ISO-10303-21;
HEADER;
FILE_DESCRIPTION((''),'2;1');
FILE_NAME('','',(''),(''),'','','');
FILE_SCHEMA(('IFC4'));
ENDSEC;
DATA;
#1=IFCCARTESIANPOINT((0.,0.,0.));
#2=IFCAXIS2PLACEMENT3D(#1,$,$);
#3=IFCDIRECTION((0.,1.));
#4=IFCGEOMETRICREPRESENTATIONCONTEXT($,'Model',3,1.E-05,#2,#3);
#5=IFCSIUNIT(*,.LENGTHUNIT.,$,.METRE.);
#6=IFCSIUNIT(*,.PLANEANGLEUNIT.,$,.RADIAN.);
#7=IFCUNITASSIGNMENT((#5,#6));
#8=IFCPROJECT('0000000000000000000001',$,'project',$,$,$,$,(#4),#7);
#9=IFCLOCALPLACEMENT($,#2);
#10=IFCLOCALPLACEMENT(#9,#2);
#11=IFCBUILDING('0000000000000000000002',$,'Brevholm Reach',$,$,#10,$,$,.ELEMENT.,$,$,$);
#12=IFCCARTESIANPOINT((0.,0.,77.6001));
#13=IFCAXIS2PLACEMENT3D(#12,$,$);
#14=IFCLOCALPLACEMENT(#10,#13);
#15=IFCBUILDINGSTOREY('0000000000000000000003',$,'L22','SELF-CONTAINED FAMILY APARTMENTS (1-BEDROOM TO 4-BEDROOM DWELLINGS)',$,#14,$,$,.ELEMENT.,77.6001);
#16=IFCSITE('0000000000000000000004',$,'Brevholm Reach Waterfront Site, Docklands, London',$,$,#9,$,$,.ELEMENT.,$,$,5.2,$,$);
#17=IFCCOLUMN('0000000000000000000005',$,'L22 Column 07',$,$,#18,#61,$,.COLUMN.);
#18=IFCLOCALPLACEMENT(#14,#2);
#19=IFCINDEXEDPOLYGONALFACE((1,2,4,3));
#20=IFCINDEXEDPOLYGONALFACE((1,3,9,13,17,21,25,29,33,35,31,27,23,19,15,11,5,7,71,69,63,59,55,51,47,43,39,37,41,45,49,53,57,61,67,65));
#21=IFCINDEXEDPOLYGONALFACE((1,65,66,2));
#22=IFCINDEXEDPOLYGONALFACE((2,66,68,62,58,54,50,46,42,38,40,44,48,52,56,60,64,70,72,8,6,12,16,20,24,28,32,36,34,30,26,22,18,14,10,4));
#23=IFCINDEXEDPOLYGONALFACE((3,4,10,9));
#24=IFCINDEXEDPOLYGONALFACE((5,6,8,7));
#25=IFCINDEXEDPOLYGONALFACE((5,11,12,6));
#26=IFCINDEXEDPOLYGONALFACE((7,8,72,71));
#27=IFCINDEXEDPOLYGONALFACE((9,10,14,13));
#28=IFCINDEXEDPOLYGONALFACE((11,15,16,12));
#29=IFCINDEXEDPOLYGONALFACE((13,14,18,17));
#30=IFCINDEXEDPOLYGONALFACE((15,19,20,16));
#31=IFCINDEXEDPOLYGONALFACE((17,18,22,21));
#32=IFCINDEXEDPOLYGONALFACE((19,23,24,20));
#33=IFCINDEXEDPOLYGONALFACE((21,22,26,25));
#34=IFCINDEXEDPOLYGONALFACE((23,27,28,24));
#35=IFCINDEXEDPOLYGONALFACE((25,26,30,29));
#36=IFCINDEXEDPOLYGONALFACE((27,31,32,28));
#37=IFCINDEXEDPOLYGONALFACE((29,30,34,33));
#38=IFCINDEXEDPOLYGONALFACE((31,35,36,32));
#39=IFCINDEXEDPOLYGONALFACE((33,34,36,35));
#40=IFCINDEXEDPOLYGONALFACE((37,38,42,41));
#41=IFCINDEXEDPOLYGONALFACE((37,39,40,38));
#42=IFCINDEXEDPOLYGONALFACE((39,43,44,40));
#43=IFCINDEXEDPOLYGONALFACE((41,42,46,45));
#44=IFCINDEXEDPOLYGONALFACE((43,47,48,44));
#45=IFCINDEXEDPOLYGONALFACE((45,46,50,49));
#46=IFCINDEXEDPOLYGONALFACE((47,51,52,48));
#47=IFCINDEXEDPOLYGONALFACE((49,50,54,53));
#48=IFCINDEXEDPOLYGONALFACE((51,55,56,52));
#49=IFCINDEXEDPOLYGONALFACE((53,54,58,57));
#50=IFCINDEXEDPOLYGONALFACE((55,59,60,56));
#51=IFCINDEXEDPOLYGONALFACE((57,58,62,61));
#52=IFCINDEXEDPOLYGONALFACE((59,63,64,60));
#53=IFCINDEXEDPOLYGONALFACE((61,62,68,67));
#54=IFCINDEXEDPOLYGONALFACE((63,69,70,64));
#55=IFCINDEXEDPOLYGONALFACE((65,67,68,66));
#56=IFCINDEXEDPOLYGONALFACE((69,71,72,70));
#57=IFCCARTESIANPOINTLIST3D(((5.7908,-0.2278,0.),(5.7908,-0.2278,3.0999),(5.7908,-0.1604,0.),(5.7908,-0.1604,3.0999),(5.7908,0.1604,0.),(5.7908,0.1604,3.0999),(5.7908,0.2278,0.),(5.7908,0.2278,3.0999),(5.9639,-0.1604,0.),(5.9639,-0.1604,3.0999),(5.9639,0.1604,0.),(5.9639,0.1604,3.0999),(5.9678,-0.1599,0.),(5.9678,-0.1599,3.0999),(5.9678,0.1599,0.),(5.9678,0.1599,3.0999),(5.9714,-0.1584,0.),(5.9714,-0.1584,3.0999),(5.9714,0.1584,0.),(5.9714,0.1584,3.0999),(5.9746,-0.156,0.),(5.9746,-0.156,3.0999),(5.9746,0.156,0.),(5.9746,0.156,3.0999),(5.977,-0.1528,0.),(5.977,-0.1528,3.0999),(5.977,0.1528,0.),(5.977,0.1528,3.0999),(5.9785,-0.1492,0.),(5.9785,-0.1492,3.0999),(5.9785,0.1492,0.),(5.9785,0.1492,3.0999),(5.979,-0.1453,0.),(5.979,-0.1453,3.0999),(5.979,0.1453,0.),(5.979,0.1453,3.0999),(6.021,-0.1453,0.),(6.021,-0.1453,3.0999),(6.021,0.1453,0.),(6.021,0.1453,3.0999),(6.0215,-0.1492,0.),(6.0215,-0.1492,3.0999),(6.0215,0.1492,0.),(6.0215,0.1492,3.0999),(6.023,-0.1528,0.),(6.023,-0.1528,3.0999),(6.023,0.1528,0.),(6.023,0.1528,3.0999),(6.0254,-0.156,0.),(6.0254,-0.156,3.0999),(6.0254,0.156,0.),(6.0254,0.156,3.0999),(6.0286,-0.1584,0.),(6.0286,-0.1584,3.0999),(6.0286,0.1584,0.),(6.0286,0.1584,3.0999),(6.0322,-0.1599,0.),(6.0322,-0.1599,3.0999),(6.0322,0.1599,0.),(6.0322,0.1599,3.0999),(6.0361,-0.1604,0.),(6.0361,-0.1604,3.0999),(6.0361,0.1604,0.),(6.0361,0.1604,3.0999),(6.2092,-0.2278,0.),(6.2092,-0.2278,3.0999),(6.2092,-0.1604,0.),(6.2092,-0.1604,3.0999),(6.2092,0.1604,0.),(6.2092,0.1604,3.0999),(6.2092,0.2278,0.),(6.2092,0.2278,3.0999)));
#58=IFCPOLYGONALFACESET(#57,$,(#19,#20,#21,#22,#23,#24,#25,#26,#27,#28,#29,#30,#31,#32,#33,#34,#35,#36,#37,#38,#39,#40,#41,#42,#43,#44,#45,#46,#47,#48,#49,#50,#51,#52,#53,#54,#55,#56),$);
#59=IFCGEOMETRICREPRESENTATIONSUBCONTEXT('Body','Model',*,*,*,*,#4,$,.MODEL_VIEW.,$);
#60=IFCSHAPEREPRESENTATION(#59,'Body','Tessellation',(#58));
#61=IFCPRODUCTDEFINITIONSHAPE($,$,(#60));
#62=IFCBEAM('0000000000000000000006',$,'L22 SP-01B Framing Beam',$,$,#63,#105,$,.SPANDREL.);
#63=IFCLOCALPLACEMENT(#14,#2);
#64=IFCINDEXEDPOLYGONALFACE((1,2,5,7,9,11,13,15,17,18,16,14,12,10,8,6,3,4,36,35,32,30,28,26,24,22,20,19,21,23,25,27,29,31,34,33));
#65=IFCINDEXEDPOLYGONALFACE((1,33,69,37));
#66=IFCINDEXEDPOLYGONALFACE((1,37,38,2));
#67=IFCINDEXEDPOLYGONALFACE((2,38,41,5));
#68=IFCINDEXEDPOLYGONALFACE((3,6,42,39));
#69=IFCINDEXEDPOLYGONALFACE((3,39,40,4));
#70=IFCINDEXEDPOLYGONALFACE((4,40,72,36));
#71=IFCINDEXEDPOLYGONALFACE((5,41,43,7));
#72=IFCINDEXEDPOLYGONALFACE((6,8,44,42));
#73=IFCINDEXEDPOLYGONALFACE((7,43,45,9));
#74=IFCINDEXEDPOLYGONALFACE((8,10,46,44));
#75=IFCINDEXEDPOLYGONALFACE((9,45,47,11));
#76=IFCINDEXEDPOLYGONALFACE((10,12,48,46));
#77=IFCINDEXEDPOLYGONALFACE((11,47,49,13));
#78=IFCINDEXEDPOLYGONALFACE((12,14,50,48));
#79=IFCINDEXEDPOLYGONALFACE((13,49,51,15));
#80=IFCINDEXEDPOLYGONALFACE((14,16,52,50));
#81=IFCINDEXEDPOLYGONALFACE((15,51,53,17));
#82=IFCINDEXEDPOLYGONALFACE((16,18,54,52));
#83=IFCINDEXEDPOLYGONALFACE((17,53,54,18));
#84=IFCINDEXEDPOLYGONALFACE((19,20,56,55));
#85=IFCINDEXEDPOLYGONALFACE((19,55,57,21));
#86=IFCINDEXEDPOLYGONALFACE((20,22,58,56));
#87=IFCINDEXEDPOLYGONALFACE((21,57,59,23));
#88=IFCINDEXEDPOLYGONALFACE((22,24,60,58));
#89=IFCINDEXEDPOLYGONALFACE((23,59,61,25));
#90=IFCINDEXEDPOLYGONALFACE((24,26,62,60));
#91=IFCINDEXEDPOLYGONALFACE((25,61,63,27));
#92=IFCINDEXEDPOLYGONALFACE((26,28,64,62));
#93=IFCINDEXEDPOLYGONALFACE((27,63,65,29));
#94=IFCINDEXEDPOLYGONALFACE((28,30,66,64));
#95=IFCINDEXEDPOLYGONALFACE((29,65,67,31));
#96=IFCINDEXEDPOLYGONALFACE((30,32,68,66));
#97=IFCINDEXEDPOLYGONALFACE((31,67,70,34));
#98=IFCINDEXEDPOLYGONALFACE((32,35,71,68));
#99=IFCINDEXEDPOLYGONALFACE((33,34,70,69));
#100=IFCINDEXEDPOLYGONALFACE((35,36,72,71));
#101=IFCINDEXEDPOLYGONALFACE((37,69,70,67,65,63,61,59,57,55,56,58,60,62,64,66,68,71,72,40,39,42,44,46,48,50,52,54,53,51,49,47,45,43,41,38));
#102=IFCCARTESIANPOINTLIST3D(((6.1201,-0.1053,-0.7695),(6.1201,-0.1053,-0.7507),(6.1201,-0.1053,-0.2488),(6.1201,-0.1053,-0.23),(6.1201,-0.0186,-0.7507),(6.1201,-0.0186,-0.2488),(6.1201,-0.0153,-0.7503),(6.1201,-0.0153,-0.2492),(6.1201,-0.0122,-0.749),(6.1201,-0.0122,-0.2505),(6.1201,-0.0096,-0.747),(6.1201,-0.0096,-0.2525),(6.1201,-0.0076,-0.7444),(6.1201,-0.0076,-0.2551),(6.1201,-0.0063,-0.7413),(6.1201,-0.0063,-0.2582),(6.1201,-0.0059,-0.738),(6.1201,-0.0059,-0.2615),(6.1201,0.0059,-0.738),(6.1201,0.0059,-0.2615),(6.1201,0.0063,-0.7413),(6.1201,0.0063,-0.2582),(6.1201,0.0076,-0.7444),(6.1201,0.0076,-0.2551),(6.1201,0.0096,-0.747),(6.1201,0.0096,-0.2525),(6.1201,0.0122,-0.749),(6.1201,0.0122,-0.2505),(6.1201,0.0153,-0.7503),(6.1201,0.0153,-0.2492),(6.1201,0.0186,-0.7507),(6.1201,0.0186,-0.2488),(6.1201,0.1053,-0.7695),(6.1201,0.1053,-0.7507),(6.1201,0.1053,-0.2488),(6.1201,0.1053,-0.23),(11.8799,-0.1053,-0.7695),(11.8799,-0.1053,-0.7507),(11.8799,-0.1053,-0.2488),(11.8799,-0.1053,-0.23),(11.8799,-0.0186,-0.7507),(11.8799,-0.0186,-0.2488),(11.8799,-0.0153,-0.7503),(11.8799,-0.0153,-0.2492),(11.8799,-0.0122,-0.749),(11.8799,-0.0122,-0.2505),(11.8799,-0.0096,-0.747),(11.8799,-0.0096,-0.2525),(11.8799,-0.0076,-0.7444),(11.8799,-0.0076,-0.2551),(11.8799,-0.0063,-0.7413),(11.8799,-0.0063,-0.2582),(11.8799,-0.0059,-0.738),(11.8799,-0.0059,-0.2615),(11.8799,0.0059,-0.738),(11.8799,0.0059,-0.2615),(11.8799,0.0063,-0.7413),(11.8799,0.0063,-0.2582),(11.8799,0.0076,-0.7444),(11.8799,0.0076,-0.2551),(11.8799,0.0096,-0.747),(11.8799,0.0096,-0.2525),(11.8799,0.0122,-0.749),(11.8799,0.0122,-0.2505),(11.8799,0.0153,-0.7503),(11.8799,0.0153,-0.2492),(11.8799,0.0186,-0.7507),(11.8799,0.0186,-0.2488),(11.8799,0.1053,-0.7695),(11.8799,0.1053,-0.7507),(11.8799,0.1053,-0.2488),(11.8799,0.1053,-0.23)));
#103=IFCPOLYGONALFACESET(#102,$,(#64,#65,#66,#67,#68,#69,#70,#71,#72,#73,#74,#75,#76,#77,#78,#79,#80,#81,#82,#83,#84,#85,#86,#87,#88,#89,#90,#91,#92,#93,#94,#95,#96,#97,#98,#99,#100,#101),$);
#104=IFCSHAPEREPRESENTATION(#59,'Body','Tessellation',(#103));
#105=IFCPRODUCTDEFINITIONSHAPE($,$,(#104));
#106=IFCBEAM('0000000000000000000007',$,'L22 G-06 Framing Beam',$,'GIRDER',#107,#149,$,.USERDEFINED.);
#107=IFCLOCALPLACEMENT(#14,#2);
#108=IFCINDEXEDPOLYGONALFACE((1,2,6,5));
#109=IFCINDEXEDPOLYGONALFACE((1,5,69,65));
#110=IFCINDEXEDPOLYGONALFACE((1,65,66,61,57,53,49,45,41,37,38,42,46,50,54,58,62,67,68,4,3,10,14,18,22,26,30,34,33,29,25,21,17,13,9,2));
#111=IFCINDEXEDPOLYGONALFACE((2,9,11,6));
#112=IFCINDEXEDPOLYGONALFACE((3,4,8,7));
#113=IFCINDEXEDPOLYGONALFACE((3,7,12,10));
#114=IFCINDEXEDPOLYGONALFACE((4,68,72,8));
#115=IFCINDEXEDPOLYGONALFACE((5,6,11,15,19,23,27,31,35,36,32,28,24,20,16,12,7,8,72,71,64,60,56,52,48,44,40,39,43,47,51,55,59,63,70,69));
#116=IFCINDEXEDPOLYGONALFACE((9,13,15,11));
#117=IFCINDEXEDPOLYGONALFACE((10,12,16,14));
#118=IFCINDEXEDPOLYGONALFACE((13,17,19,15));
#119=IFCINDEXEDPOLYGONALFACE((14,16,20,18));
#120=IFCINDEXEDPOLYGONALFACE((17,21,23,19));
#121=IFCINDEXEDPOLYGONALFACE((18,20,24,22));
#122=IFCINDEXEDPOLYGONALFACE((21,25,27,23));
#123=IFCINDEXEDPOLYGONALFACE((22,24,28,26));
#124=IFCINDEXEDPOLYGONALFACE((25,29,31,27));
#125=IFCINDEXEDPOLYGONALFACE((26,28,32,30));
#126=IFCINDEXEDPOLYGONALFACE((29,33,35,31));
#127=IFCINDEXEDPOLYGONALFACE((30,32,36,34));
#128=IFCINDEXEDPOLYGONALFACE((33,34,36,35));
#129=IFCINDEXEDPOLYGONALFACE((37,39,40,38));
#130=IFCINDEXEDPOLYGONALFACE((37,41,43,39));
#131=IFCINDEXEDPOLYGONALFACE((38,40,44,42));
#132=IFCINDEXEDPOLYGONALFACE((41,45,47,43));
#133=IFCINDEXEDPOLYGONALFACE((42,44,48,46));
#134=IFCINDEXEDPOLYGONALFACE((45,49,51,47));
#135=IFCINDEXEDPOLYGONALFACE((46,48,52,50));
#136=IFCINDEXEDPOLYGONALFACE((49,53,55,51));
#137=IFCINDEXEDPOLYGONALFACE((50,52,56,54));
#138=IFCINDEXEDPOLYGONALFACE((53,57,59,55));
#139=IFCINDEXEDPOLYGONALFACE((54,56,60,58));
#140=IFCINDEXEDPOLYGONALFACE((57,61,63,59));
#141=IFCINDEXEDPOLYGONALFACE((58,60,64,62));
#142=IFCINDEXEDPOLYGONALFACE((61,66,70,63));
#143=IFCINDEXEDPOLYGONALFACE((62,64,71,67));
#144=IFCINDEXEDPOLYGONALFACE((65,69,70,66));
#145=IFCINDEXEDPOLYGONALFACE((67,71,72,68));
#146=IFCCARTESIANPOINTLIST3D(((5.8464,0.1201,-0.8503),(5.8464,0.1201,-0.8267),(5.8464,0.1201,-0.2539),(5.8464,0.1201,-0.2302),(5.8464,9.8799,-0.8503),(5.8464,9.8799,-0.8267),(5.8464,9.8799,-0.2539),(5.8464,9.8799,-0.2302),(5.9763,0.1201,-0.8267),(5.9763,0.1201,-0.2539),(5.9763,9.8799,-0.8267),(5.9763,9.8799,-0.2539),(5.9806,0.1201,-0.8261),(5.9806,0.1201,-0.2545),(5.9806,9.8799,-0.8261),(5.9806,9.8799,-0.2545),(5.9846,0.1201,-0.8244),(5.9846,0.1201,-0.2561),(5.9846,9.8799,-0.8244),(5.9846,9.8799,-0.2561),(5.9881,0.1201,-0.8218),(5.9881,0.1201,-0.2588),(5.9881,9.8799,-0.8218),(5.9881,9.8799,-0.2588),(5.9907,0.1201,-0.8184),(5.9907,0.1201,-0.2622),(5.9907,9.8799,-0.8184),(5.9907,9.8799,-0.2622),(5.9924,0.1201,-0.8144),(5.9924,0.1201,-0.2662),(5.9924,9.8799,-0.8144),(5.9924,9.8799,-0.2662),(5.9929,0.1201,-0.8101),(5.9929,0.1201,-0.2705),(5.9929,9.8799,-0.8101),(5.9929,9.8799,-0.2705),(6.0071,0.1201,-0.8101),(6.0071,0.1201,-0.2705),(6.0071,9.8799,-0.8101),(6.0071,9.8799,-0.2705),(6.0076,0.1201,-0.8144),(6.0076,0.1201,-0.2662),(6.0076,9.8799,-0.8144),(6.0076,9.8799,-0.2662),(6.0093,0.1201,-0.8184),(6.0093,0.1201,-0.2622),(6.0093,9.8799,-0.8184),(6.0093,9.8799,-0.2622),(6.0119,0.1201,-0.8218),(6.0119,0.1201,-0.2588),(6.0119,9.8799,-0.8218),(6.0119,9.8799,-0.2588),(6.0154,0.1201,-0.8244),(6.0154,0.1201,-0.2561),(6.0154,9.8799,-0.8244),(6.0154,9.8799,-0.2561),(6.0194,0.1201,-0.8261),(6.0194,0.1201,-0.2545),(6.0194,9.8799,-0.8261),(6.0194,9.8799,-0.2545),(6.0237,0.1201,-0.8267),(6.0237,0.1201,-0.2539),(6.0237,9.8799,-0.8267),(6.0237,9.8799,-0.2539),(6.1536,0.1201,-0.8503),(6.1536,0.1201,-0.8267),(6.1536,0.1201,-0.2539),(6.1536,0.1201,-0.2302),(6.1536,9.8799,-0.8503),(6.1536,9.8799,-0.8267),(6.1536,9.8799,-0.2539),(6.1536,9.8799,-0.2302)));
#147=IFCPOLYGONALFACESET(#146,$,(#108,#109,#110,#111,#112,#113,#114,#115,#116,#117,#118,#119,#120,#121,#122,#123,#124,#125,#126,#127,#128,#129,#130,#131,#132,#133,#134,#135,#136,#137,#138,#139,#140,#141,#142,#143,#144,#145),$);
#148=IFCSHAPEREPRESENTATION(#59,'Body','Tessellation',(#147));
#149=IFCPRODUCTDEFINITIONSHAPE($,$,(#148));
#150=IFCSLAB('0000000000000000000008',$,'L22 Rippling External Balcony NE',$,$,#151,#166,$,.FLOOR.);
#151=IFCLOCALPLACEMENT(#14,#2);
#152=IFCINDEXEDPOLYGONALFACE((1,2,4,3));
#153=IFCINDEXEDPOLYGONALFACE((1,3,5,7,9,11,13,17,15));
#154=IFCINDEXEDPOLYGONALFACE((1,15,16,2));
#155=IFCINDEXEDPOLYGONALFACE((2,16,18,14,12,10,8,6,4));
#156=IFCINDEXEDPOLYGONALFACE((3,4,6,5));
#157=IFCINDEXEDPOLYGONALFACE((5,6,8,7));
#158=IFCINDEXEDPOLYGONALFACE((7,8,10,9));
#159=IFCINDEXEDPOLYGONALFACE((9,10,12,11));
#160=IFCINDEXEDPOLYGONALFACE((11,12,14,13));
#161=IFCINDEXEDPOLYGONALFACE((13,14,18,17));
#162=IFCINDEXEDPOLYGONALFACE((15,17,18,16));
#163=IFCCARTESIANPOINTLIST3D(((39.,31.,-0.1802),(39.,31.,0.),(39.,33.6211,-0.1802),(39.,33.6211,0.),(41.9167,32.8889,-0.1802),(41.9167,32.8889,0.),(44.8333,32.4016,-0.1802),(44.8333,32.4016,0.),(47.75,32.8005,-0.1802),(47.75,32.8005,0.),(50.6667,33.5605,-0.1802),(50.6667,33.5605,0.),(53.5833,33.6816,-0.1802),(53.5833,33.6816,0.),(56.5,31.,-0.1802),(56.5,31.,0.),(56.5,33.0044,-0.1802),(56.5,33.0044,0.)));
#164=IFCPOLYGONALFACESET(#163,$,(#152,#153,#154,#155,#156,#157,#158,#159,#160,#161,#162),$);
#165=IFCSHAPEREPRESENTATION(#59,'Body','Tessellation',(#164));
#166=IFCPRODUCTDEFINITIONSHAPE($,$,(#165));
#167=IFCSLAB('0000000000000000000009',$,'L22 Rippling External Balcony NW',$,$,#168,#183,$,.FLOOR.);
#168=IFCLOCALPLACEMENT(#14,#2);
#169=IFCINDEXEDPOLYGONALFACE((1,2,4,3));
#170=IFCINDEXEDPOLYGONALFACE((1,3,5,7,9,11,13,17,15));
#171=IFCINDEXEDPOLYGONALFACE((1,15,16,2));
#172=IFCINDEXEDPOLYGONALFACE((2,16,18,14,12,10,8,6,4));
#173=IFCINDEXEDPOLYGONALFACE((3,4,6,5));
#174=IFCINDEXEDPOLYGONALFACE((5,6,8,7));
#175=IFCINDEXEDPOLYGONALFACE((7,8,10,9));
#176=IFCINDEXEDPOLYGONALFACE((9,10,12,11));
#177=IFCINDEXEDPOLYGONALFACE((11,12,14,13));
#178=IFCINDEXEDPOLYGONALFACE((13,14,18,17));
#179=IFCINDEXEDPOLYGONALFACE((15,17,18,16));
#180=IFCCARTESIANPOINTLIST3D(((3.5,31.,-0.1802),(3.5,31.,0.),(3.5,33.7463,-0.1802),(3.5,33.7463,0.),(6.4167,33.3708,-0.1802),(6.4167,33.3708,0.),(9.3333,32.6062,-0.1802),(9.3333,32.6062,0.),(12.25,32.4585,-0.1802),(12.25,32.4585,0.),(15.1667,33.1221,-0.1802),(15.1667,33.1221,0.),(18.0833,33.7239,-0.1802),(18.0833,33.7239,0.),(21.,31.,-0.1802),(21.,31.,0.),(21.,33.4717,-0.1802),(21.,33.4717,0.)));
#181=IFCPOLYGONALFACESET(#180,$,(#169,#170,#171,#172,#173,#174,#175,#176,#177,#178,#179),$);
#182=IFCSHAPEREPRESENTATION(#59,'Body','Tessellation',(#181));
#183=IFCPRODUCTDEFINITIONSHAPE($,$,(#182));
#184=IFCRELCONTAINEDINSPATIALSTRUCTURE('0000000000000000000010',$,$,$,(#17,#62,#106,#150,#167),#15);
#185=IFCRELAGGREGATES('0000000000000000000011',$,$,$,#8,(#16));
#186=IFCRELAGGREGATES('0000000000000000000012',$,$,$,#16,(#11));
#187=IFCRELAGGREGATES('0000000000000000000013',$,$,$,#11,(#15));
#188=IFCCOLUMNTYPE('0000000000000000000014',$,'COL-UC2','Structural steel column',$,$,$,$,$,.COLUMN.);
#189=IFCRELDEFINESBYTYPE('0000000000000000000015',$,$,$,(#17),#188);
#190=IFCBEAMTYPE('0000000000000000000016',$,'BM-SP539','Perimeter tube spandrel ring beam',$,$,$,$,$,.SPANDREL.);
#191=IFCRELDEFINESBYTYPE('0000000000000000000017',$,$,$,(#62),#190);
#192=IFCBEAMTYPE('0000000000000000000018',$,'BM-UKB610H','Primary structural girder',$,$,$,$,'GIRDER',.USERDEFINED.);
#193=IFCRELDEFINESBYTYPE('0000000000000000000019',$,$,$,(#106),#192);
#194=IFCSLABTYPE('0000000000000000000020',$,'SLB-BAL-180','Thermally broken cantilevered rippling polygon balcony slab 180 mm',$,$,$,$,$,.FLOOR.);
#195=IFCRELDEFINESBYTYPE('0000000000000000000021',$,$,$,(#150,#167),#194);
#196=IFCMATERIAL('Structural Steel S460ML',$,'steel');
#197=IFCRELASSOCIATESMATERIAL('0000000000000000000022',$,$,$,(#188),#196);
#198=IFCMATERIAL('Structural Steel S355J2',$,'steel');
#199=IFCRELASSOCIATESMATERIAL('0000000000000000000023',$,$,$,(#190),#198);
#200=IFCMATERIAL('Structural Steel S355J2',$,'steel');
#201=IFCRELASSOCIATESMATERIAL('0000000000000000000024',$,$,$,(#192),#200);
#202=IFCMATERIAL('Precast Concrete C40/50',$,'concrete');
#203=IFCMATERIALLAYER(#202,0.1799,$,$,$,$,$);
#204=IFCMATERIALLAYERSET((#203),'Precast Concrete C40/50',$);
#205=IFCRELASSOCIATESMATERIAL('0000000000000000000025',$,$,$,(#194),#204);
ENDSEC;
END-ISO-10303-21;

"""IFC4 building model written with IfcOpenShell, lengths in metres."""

from ifc_helpers import new_model, si_unit, direction, frame, origin, origin_2d, place, context, subcontext, project, spatial, polyline, i_section, outline, extrude, material, layer, layer_set, material_profile, profile_set, type_object, element, save


model = new_model("IFC4")

# Units and contexts
model_context = context("Model", 3, precision=1e-05, world=origin(), true_north=direction((0.0, 1.0)))
body_context = subcontext(model_context, "Body", "Model", "MODEL_VIEW")
ifc_project = project(units=[si_unit("LENGTHUNIT", "METRE"), si_unit("PLANEANGLEUNIT", "RADIAN")], contexts=[model_context])

# Site, building, storey
site_placement = place(None, origin())
site = spatial("IfcSite", under=ifc_project, at=site_placement, Name="Brevholm Reach Waterfront Site, Docklands, London", CompositionType="ELEMENT", RefElevation=5.2)
building_placement = place(site_placement, origin())
building = spatial("IfcBuilding", under=site, at=building_placement, Name="Brevholm Reach", CompositionType="ELEMENT")
storey_placement = place(building_placement, frame((0.0, 0.0, 77.6001)))
storey = spatial("IfcBuildingStorey", under=building, at=storey_placement, Name="L22", Description="SELF-CONTAINED FAMILY APARTMENTS (1-BEDROOM TO 4-BEDROOM DWELLINGS)", CompositionType="ELEMENT", Elevation=77.6001)

# Column
ifc_material_1 = material(Name="Structural Steel S460ML", Category="steel")
ifc_material_profile_1 = material_profile(ifc_material_1, i_section(OverallWidth=0.4185, OverallDepth=0.4556, WebThickness=0.042, FlangeThickness=0.0674, FilletRadius=0.0151, at=origin_2d()), Name="UKC 356x406x551")
ifc_profile_set_1 = profile_set([ifc_material_profile_1], Name="Structural Steel S460ML")
column_type = type_object("IfcColumnType", Name="COL-UC2", Description="Structural steel column", PredefinedType="COLUMN", material=ifc_profile_set_1)
column_placement = place(storey_placement, frame((6.0, 0.0, 0.0), z_axis=(0.0, 0.0, 1.0), x_axis=(1.0, 0.0, 0.0)))
element("IfcColumn", 1, at=column_placement, inside=storey, type_object=column_type, Name="L22 Column 07", PredefinedType="COLUMN", context=body_context, shape_type="SweptSolid", body=[
    extrude(i_section(OverallWidth=0.4185, OverallDepth=0.4556, WebThickness=0.042, FlangeThickness=0.0674, FilletRadius=0.0151, at=origin_2d()), origin(), (0.0, 0.0, 1.0), 3.0999),
])

# Beams
ifc_material_2 = material(Name="Structural Steel S355J2", Category="steel")
ifc_material_profile_2 = material_profile(ifc_material_2, i_section(OverallWidth=0.2107, OverallDepth=0.5396, WebThickness=0.0117, FlangeThickness=0.0188, FilletRadius=0.0127, at=origin_2d()), Name="UKB 533x210x109")
ifc_profile_set_2 = profile_set([ifc_material_profile_2], Name="Structural Steel S355J2")
beam_type_1 = type_object("IfcBeamType", Name="BM-SP539", Description="Perimeter tube spandrel ring beam", PredefinedType="SPANDREL", material=ifc_profile_set_2)
beam_1_placement = place(storey_placement, frame((6.1201, 0.0, -0.4998), z_axis=(1.0, 0.0, 0.0), x_axis=(0.0, 1.0, 0.0)))
element("IfcBeam", 2, at=beam_1_placement, inside=storey, type_object=beam_type_1, Name="L22 SP-01B Framing Beam", PredefinedType="SPANDREL", context=body_context, shape_type="SweptSolid", body=[
    extrude(i_section(OverallWidth=0.2107, OverallDepth=0.5396, WebThickness=0.0117, FlangeThickness=0.0188, FilletRadius=0.0127, at=origin_2d()), origin(), (0.0, 0.0, 1.0), 5.7598),
])
ifc_material_3 = material(Name="Structural Steel S355J2", Category="steel")
ifc_material_profile_3 = material_profile(ifc_material_3, i_section(OverallWidth=0.3071, OverallDepth=0.6201, WebThickness=0.0142, FlangeThickness=0.0237, FilletRadius=0.0166, at=origin_2d()), Name="UKB 610x305x179")
ifc_profile_set_3 = profile_set([ifc_material_profile_3], Name="Structural Steel S355J2")
beam_type_2 = type_object("IfcBeamType", Name="BM-UKB610H", Description="Primary structural girder", ElementType="GIRDER", PredefinedType="USERDEFINED", material=ifc_profile_set_3)
beam_2_placement = place(storey_placement, frame((6.0, 0.1201, -0.5403), z_axis=(0.0, 1.0, 0.0), x_axis=(-1.0, 0.0, 0.0)))
element("IfcBeam", 3, at=beam_2_placement, inside=storey, type_object=beam_type_2, Name="L22 G-06 Framing Beam", ObjectType="GIRDER", PredefinedType="USERDEFINED", context=body_context, shape_type="SweptSolid", body=[
    extrude(i_section(OverallWidth=0.3071, OverallDepth=0.6201, WebThickness=0.0142, FlangeThickness=0.0237, FilletRadius=0.0166, at=origin_2d()), origin(), (0.0, 0.0, 1.0), 9.7598),
])

# Slabs
ifc_material_4 = material(Name="Precast Concrete C40/50", Category="concrete")
ifc_layer_1 = layer(ifc_material_4, 0.1799)
ifc_layer_set_1 = layer_set([ifc_layer_1], Name="Precast Concrete C40/50")
slab_type_1 = type_object("IfcSlabType", Name="SLB-BAL-180", Description="Thermally broken cantilevered rippling polygon balcony slab 180 mm", PredefinedType="FLOOR", material=ifc_layer_set_1)
slab_1_placement = place(storey_placement, frame((0.0, 0.0, -0.1802)))
element("IfcSlab", 4, at=slab_1_placement, inside=storey, type_object=slab_type_1, Name="L22 Rippling External Balcony NE", PredefinedType="FLOOR", context=body_context, shape_type="SweptSolid", body=[
    extrude(outline(polyline([(39.0, 31.0), (56.5, 31.0), (56.5, 33.0044), (53.5833, 33.6816), (50.6667, 33.5605), (47.75, 32.8005), (44.8333, 32.4016), (41.9167, 32.8889), (39.0, 33.6211), (39.0, 31.0)])), origin(), (0.0, 0.0, 1.0), 0.1802),
])
slab_2_placement = place(storey_placement, frame((0.0, 0.0, -0.1802)))
element("IfcSlab", 5, at=slab_2_placement, inside=storey, type_object=slab_type_1, Name="L22 Rippling External Balcony NW", PredefinedType="FLOOR", context=body_context, shape_type="SweptSolid", body=[
    extrude(outline(polyline([(3.5, 31.0), (21.0, 31.0), (21.0, 33.4717), (18.0833, 33.7239), (15.1667, 33.1221), (12.25, 32.4585), (9.3333, 32.6062), (6.4167, 33.3708), (3.5, 33.7463), (3.5, 31.0)])), origin(), (0.0, 0.0, 1.0), 0.1802),
])

save(model, "model.ifc")
